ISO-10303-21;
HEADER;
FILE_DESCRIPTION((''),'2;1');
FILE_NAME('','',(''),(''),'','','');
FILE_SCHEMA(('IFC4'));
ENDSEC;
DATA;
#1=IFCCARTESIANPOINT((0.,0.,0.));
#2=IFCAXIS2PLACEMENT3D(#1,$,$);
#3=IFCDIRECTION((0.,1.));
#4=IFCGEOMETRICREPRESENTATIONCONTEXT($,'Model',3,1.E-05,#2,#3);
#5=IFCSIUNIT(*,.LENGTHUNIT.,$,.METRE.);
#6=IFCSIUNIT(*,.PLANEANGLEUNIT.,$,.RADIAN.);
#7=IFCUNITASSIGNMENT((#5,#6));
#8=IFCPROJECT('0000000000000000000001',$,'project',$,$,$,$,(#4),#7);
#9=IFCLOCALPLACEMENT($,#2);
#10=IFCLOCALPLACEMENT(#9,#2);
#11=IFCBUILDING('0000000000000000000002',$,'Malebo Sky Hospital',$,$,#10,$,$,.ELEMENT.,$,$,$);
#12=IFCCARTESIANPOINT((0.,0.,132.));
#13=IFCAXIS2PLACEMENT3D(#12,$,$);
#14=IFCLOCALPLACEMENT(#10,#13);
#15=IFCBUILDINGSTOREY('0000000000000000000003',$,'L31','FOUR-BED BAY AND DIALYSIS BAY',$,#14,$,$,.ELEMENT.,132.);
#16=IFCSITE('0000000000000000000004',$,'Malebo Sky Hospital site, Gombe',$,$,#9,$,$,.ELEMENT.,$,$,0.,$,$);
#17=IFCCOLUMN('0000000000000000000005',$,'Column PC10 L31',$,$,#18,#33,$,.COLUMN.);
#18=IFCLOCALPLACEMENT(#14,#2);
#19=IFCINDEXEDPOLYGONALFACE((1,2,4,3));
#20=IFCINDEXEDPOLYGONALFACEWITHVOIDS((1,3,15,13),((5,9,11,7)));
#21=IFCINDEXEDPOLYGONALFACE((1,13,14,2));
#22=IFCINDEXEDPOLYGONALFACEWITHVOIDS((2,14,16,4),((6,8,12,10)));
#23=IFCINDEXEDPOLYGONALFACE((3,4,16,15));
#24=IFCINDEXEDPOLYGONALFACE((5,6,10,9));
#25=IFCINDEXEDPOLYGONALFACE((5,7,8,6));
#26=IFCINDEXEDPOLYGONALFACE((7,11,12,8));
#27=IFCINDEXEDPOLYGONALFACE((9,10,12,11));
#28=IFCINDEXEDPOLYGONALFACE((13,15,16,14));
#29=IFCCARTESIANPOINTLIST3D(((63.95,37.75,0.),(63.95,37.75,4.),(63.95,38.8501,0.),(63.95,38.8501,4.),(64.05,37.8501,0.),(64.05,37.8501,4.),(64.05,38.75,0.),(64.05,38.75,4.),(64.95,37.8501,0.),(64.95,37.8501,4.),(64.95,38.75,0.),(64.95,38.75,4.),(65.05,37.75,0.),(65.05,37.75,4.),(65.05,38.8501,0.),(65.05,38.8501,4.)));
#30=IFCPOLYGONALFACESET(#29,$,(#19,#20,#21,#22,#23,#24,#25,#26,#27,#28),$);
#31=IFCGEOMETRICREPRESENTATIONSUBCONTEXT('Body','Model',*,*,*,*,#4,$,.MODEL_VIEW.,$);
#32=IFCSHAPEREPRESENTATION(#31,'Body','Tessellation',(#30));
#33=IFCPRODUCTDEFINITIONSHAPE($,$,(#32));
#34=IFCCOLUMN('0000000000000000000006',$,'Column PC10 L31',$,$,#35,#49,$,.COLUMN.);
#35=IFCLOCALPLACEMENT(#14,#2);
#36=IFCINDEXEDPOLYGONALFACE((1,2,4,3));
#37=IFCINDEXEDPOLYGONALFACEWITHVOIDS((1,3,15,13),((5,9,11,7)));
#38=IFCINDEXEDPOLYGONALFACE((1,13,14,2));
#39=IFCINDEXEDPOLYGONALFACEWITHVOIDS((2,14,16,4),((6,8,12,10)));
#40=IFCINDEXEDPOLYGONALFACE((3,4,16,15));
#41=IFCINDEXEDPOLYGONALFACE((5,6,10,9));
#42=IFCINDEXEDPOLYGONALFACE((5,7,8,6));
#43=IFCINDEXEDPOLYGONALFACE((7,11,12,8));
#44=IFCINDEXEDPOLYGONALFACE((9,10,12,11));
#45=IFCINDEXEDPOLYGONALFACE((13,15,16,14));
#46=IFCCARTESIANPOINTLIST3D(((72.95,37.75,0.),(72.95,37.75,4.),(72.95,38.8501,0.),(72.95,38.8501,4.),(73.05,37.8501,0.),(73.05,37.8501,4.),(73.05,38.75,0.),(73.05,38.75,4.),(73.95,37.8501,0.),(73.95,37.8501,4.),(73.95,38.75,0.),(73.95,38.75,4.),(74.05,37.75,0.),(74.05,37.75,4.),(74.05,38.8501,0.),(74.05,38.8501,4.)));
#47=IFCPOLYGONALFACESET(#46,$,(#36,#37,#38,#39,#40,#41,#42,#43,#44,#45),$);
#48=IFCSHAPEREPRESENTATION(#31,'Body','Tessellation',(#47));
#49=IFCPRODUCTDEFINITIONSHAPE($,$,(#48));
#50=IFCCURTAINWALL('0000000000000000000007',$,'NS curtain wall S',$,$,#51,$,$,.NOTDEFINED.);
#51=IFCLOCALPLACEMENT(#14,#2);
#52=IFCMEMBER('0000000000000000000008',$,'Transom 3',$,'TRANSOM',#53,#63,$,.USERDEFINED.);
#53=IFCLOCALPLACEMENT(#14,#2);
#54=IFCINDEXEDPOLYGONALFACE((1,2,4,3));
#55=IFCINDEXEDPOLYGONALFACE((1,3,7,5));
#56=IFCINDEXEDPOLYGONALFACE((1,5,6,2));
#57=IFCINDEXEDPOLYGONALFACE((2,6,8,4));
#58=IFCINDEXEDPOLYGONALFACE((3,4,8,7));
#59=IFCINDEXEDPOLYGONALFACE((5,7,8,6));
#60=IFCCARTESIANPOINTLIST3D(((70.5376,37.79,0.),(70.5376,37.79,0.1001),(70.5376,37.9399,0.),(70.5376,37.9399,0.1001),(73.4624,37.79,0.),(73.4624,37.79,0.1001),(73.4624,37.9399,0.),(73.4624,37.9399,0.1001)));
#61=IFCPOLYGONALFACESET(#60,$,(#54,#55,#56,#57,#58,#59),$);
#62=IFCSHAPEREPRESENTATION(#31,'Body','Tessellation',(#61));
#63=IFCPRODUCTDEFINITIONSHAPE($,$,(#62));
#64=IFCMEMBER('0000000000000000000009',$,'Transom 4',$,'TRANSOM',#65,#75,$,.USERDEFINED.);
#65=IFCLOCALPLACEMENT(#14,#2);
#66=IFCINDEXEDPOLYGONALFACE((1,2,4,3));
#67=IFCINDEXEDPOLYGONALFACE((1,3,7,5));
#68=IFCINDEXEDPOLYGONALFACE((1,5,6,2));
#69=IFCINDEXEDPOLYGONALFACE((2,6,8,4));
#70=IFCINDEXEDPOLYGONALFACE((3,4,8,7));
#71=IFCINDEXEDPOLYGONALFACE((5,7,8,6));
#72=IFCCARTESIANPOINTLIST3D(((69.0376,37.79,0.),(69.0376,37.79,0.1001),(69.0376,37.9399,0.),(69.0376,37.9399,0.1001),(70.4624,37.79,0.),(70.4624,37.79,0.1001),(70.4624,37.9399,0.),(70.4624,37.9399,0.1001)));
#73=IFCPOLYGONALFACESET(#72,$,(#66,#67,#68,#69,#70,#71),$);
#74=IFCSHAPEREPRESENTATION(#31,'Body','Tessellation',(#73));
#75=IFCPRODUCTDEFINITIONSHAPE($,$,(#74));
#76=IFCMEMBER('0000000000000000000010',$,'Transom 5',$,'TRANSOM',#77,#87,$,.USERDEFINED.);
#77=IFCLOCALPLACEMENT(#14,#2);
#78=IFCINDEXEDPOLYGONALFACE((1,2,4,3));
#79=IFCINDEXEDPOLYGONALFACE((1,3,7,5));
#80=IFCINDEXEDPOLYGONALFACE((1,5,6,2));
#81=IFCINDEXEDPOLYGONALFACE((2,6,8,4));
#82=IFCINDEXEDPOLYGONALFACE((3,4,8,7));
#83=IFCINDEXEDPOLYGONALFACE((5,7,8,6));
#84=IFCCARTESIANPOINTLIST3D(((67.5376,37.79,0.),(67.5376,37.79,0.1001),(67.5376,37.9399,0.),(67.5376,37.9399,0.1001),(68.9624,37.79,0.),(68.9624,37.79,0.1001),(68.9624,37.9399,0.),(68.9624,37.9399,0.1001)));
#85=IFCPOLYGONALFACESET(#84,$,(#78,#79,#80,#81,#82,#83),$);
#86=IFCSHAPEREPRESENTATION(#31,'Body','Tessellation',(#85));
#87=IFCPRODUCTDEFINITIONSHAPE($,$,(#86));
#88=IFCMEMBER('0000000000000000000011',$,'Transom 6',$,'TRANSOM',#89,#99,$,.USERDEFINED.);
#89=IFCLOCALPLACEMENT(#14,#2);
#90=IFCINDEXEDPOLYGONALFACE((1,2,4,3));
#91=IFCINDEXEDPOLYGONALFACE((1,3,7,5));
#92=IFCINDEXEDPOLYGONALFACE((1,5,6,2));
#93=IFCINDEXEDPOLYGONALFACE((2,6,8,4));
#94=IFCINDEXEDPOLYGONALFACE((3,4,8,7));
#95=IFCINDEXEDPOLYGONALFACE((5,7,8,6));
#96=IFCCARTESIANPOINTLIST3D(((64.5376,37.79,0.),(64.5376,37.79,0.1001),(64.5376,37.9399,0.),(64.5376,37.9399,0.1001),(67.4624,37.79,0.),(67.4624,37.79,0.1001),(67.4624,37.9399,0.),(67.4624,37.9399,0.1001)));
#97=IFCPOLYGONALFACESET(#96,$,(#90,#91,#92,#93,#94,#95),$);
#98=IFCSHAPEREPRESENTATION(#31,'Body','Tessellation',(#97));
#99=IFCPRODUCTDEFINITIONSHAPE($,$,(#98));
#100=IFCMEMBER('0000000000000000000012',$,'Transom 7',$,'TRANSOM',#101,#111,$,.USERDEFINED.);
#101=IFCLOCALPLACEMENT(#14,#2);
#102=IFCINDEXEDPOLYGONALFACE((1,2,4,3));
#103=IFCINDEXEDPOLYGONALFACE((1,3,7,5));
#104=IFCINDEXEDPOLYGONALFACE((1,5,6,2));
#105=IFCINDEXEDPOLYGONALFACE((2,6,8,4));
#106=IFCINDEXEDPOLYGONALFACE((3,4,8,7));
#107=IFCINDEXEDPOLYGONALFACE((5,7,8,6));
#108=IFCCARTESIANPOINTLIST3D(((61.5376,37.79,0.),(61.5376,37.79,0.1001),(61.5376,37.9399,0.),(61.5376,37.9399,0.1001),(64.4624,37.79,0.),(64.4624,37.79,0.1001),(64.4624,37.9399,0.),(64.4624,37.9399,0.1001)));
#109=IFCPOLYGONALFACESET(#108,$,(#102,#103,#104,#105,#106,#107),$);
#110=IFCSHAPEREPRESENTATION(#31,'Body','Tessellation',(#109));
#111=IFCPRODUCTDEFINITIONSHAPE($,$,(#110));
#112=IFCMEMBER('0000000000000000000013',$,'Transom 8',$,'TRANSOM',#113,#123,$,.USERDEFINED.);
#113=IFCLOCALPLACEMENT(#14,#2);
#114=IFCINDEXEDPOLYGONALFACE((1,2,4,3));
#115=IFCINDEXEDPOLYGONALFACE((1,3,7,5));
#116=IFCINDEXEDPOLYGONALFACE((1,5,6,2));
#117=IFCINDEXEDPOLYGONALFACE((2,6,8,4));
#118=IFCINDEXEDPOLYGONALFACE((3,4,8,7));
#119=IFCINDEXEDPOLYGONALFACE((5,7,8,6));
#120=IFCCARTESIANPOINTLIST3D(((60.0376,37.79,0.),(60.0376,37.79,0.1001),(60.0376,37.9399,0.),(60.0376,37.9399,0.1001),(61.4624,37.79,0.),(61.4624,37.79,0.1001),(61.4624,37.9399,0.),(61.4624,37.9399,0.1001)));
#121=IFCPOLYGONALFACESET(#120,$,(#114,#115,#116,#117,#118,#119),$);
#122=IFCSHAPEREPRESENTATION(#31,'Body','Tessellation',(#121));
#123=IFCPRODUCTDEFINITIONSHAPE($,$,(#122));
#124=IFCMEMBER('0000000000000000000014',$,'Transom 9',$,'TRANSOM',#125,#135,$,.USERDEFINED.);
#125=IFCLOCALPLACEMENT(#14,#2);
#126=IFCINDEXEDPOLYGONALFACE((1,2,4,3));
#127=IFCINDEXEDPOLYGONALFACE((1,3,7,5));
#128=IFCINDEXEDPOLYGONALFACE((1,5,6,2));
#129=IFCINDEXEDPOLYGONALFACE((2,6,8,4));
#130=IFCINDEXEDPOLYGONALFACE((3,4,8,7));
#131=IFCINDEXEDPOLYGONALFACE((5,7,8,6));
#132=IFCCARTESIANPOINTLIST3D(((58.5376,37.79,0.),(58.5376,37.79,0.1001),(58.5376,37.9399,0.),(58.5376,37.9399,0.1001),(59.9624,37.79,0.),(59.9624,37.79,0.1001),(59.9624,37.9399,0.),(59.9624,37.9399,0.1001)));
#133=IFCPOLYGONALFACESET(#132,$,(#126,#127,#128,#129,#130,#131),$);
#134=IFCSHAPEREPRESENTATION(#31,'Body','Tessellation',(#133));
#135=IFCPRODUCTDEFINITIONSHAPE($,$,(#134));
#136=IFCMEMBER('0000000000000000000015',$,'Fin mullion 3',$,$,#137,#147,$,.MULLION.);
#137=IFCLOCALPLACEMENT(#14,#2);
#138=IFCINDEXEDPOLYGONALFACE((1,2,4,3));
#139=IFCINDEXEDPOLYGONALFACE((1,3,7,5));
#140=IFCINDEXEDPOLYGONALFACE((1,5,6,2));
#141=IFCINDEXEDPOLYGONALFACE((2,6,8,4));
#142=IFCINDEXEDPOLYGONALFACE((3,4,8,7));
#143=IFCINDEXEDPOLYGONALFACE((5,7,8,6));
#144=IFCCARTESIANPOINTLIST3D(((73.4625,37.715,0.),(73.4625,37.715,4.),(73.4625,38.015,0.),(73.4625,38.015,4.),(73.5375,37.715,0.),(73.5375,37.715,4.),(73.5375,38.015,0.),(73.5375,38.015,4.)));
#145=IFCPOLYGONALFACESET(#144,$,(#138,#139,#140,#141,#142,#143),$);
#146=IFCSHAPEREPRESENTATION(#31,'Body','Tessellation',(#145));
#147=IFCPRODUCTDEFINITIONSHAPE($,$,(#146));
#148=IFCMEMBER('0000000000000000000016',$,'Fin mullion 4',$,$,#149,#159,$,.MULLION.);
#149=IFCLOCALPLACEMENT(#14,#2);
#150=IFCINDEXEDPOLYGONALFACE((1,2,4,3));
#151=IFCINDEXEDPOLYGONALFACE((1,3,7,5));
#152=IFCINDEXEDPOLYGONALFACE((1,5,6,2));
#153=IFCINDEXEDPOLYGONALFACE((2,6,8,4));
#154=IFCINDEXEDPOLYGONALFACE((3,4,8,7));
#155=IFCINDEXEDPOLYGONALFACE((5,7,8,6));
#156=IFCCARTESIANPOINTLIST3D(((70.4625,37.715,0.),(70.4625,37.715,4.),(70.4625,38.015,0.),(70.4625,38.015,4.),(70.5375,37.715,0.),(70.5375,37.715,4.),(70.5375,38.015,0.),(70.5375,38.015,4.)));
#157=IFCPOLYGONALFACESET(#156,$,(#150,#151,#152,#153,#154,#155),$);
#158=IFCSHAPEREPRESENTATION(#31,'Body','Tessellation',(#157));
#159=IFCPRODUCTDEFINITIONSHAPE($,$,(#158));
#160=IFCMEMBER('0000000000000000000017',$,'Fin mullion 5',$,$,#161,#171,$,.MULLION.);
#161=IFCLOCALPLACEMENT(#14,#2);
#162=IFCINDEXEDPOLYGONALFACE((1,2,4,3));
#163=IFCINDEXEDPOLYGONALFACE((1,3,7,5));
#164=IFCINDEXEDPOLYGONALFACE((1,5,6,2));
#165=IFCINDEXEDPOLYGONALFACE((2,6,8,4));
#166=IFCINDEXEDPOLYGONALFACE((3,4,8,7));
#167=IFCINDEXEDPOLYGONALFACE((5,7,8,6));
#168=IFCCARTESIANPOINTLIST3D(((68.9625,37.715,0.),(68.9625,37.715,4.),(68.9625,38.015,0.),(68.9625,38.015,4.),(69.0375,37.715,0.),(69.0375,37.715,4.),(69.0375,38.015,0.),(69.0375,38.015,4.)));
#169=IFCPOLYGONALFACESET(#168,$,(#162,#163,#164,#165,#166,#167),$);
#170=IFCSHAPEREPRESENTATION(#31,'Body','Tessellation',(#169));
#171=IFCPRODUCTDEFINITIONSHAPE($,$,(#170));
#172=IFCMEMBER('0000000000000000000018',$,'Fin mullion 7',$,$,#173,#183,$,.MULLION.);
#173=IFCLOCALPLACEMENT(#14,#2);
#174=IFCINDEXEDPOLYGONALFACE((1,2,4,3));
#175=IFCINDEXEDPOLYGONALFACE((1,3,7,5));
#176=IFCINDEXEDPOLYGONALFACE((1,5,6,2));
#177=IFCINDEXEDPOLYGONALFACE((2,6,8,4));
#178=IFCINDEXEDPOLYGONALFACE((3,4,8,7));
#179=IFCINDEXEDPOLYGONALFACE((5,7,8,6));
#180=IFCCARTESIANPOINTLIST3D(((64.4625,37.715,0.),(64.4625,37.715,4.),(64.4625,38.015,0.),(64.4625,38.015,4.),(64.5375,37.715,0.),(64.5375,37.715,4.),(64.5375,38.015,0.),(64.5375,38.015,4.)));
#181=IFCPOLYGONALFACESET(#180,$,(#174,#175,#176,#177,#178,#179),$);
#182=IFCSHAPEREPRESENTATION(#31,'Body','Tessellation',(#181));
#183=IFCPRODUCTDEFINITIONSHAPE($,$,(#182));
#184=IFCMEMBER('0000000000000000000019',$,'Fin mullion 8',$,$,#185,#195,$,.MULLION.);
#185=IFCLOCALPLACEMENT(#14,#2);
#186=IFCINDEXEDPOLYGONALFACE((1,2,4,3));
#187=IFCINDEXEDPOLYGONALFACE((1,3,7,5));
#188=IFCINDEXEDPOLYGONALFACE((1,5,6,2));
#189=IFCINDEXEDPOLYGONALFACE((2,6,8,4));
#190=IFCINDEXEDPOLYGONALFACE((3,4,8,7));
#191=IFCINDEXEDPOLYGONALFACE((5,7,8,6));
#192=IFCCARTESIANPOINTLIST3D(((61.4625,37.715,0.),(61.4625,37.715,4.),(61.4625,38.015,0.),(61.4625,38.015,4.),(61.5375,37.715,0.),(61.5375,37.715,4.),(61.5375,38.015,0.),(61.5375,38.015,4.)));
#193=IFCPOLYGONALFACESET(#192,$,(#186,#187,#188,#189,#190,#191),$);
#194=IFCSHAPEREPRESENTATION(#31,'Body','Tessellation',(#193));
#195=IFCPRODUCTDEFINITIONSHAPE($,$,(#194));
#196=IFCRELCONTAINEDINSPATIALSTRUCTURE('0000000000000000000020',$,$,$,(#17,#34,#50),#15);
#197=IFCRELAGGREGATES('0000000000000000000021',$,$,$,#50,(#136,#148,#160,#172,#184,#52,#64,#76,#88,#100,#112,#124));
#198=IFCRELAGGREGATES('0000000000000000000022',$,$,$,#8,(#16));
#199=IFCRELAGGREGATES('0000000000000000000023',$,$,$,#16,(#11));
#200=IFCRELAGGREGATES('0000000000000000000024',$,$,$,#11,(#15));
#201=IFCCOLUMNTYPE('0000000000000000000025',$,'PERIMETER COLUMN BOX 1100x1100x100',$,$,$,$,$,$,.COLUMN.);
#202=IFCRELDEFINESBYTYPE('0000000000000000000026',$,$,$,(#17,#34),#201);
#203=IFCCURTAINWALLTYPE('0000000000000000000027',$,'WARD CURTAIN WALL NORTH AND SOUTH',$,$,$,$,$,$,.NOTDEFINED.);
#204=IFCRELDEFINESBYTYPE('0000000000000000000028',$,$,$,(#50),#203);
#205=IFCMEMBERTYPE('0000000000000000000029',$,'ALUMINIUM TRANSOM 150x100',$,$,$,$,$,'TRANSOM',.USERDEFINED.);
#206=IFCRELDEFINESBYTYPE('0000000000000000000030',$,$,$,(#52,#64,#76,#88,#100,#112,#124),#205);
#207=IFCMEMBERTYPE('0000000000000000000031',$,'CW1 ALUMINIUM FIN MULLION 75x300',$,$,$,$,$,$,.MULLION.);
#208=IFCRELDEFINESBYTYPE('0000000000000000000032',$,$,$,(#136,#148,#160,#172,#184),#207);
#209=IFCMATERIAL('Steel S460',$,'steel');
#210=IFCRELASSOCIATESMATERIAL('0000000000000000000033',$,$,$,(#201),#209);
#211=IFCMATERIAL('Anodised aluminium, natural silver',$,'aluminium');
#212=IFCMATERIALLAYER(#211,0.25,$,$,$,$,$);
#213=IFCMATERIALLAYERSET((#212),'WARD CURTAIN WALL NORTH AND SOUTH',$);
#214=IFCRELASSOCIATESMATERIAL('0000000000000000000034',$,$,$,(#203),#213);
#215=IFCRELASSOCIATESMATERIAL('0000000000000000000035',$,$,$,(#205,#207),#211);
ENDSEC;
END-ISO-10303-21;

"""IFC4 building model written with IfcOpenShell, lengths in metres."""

from ifc_helpers import new_model, si_unit, direction, frame, origin, origin_2d, place, context, subcontext, project, spatial, rectangle, hollow_rectangle, extrude, material, layer, layer_set, material_profile, profile_set, type_object, element, aggregate, save


model = new_model("IFC4")

# Units and contexts
model_context = context("Model", 3, precision=1e-05, world=origin(), true_north=direction((0.0, 1.0)))
body_context = subcontext(model_context, "Body", "Model", "MODEL_VIEW")
ifc_project = project(units=[si_unit("LENGTHUNIT", "METRE"), si_unit("PLANEANGLEUNIT", "RADIAN")], contexts=[model_context])

# Site, building, storey
site_placement = place(None, origin())
site = spatial("IfcSite", under=ifc_project, at=site_placement, Name="Malebo Sky Hospital site, Gombe", CompositionType="ELEMENT", RefElevation=0.0)
building_placement = place(site_placement, origin())
building = spatial("IfcBuilding", under=site, at=building_placement, Name="Malebo Sky Hospital", CompositionType="ELEMENT")
storey_placement = place(building_placement, frame((0.0, 0.0, 132.0)))
storey = spatial("IfcBuildingStorey", under=building, at=storey_placement, Name="L31", Description="FOUR-BED BAY AND DIALYSIS BAY", CompositionType="ELEMENT", Elevation=132.0)

# Columns
ifc_material_1 = material(Name="Steel S460", Category="steel")
ifc_material_profile_1 = material_profile(ifc_material_1, hollow_rectangle(XDim=1.1001, YDim=1.1001, WallThickness=0.1001, at=origin_2d()), Name="BOX 1100x1100x100")
ifc_profile_set_1 = profile_set([ifc_material_profile_1], Name="Steel S460")
column_type = type_object("IfcColumnType", Name="PERIMETER COLUMN BOX 1100x1100x100", PredefinedType="COLUMN", material=ifc_profile_set_1)
for number, where, z_axis, x_axis, name in (
    (1, (64.5, 38.3, 0.0), (0.0, 0.0, 1.0), (1.0, 0.0, 0.0), "Column PC10 L31"),
    (2, (73.5, 38.3, 0.0), (0.0, 0.0, 1.0), (1.0, 0.0, 0.0), "Column PC10 L31"),
):
    element("IfcColumn", number, at=place(storey_placement, frame(where, z_axis=z_axis, x_axis=x_axis)), inside=storey, type_object=column_type, Name=name, PredefinedType="COLUMN", context=body_context, shape_type="SweptSolid", body=[
        extrude(hollow_rectangle(XDim=1.1001, YDim=1.1001, WallThickness=0.1001, at=origin_2d()), origin(), (0.0, 0.0, 1.0), 4.0),
    ])

# Curtain wall, members
ifc_material_2 = material(Name="Anodised aluminium, natural silver", Category="aluminium")
ifc_layer_1 = layer(ifc_material_2, 0.25)
ifc_layer_set_1 = layer_set([ifc_layer_1], Name="WARD CURTAIN WALL NORTH AND SOUTH")
curtain_wall_type = type_object("IfcCurtainWallType", Name="WARD CURTAIN WALL NORTH AND SOUTH", PredefinedType="NOTDEFINED", material=ifc_layer_set_1)
curtain_wall_placement = place(storey_placement, origin())
curtain_wall = element("IfcCurtainWall", 3, at=curtain_wall_placement, inside=storey, type_object=curtain_wall_type, Name="NS curtain wall S", PredefinedType="NOTDEFINED")
ifc_material_profile_2 = material_profile(ifc_material_2, rectangle(XDim=0.1499, YDim=0.1001, at=origin_2d()), Name="ALUMINIUM TRANSOM 150x100")
ifc_profile_set_2 = profile_set([ifc_material_profile_2], Name="Anodised aluminium, natural silver")
member_type_1 = type_object("IfcMemberType", Name="ALUMINIUM TRANSOM 150x100", ElementType="TRANSOM", PredefinedType="USERDEFINED", material=ifc_profile_set_2)
member_1_placement = place(storey_placement, frame((73.4624, 37.865, 0.05), z_axis=(-1.0, 0.0, 0.0), x_axis=(0.0, -1.0, 0.0)))
member_1 = element("IfcMember", 4, at=member_1_placement, type_object=member_type_1, Name="Transom 3", ObjectType="TRANSOM", PredefinedType="USERDEFINED", context=body_context, shape_type="SweptSolid", body=[
    extrude(rectangle(XDim=0.1499, YDim=0.1001, at=origin_2d()), origin(), (0.0, 0.0, 1.0), 2.9248),
])
member_2_placement = place(storey_placement, frame((70.4624, 37.865, 0.05), z_axis=(-1.0, 0.0, 0.0), x_axis=(0.0, -1.0, 0.0)))
member_2 = element("IfcMember", 5, at=member_2_placement, type_object=member_type_1, Name="Transom 4", ObjectType="TRANSOM", PredefinedType="USERDEFINED", context=body_context, shape_type="SweptSolid", body=[
    extrude(rectangle(XDim=0.1499, YDim=0.1001, at=origin_2d()), origin(), (0.0, 0.0, 1.0), 1.4248),
])
member_3_placement = place(storey_placement, frame((68.9624, 37.865, 0.05), z_axis=(-1.0, 0.0, 0.0), x_axis=(0.0, -1.0, 0.0)))
member_3 = element("IfcMember", 6, at=member_3_placement, type_object=member_type_1, Name="Transom 5", ObjectType="TRANSOM", PredefinedType="USERDEFINED", context=body_context, shape_type="SweptSolid", body=[
    extrude(rectangle(XDim=0.1499, YDim=0.1001, at=origin_2d()), origin(), (0.0, 0.0, 1.0), 1.4248),
])
member_4_placement = place(storey_placement, frame((67.4624, 37.865, 0.05), z_axis=(-1.0, 0.0, 0.0), x_axis=(0.0, -1.0, 0.0)))
member_4 = element("IfcMember", 7, at=member_4_placement, type_object=member_type_1, Name="Transom 6", ObjectType="TRANSOM", PredefinedType="USERDEFINED", context=body_context, shape_type="SweptSolid", body=[
    extrude(rectangle(XDim=0.1499, YDim=0.1001, at=origin_2d()), origin(), (0.0, 0.0, 1.0), 2.9248),
])
member_5_placement = place(storey_placement, frame((64.4624, 37.865, 0.05), z_axis=(-1.0, 0.0, 0.0), x_axis=(0.0, -1.0, 0.0)))
member_5 = element("IfcMember", 8, at=member_5_placement, type_object=member_type_1, Name="Transom 7", ObjectType="TRANSOM", PredefinedType="USERDEFINED", context=body_context, shape_type="SweptSolid", body=[
    extrude(rectangle(XDim=0.1499, YDim=0.1001, at=origin_2d()), origin(), (0.0, 0.0, 1.0), 2.9248),
])
member_6_placement = place(storey_placement, frame((61.4624, 37.865, 0.05), z_axis=(-1.0, 0.0, 0.0), x_axis=(0.0, -1.0, 0.0)))
member_6 = element("IfcMember", 9, at=member_6_placement, type_object=member_type_1, Name="Transom 8", ObjectType="TRANSOM", PredefinedType="USERDEFINED", context=body_context, shape_type="SweptSolid", body=[
    extrude(rectangle(XDim=0.1499, YDim=0.1001, at=origin_2d()), origin(), (0.0, 0.0, 1.0), 1.4248),
])
member_7_placement = place(storey_placement, frame((59.9624, 37.865, 0.05), z_axis=(-1.0, 0.0, 0.0), x_axis=(0.0, -1.0, 0.0)))
member_7 = element("IfcMember", 10, at=member_7_placement, type_object=member_type_1, Name="Transom 9", ObjectType="TRANSOM", PredefinedType="USERDEFINED", context=body_context, shape_type="SweptSolid", body=[
    extrude(rectangle(XDim=0.1499, YDim=0.1001, at=origin_2d()), origin(), (0.0, 0.0, 1.0), 1.4248),
])
ifc_material_profile_3 = material_profile(ifc_material_2, rectangle(XDim=0.075, YDim=0.3, at=origin_2d()), Name="CW1 ALUMINIUM FIN MULLION 75x300")
ifc_profile_set_3 = profile_set([ifc_material_profile_3], Name="Anodised aluminium, natural silver")
member_type_2 = type_object("IfcMemberType", Name="CW1 ALUMINIUM FIN MULLION 75x300", PredefinedType="MULLION", material=ifc_profile_set_3)
member_8_placement = place(storey_placement, frame((73.5, 37.865, 0.0), z_axis=(0.0, 0.0, 1.0), x_axis=(-1.0, 0.0, 0.0)))
member_8 = element("IfcMember", 11, at=member_8_placement, type_object=member_type_2, Name="Fin mullion 3", PredefinedType="MULLION", context=body_context, shape_type="SweptSolid", body=[
    extrude(rectangle(XDim=0.075, YDim=0.3, at=origin_2d()), origin(), (0.0, 0.0, 1.0), 4.0),
])
member_9_placement = place(storey_placement, frame((70.5, 37.865, 0.0), z_axis=(0.0, 0.0, 1.0), x_axis=(-1.0, 0.0, 0.0)))
member_9 = element("IfcMember", 12, at=member_9_placement, type_object=member_type_2, Name="Fin mullion 4", PredefinedType="MULLION", context=body_context, shape_type="SweptSolid", body=[
    extrude(rectangle(XDim=0.075, YDim=0.3, at=origin_2d()), origin(), (0.0, 0.0, 1.0), 4.0),
])
member_10_placement = place(storey_placement, frame((69.0, 37.865, 0.0), z_axis=(0.0, 0.0, 1.0), x_axis=(-1.0, 0.0, 0.0)))
member_10 = element("IfcMember", 13, at=member_10_placement, type_object=member_type_2, Name="Fin mullion 5", PredefinedType="MULLION", context=body_context, shape_type="SweptSolid", body=[
    extrude(rectangle(XDim=0.075, YDim=0.3, at=origin_2d()), origin(), (0.0, 0.0, 1.0), 4.0),
])
member_11_placement = place(storey_placement, frame((64.5, 37.865, 0.0), z_axis=(0.0, 0.0, 1.0), x_axis=(-1.0, 0.0, 0.0)))
member_11 = element("IfcMember", 14, at=member_11_placement, type_object=member_type_2, Name="Fin mullion 7", PredefinedType="MULLION", context=body_context, shape_type="SweptSolid", body=[
    extrude(rectangle(XDim=0.075, YDim=0.3, at=origin_2d()), origin(), (0.0, 0.0, 1.0), 4.0),
])
member_12_placement = place(storey_placement, frame((61.5, 37.865, 0.0), z_axis=(0.0, 0.0, 1.0), x_axis=(-1.0, 0.0, 0.0)))
member_12 = element("IfcMember", 15, at=member_12_placement, type_object=member_type_2, Name="Fin mullion 8", PredefinedType="MULLION", context=body_context, shape_type="SweptSolid", body=[
    extrude(rectangle(XDim=0.075, YDim=0.3, at=origin_2d()), origin(), (0.0, 0.0, 1.0), 4.0),
])

aggregate(curtain_wall, [member_8, member_9, member_10, member_11, member_12, member_1, member_2, member_3, member_4, member_5, member_6, member_7])

save(model, "model.ifc")
